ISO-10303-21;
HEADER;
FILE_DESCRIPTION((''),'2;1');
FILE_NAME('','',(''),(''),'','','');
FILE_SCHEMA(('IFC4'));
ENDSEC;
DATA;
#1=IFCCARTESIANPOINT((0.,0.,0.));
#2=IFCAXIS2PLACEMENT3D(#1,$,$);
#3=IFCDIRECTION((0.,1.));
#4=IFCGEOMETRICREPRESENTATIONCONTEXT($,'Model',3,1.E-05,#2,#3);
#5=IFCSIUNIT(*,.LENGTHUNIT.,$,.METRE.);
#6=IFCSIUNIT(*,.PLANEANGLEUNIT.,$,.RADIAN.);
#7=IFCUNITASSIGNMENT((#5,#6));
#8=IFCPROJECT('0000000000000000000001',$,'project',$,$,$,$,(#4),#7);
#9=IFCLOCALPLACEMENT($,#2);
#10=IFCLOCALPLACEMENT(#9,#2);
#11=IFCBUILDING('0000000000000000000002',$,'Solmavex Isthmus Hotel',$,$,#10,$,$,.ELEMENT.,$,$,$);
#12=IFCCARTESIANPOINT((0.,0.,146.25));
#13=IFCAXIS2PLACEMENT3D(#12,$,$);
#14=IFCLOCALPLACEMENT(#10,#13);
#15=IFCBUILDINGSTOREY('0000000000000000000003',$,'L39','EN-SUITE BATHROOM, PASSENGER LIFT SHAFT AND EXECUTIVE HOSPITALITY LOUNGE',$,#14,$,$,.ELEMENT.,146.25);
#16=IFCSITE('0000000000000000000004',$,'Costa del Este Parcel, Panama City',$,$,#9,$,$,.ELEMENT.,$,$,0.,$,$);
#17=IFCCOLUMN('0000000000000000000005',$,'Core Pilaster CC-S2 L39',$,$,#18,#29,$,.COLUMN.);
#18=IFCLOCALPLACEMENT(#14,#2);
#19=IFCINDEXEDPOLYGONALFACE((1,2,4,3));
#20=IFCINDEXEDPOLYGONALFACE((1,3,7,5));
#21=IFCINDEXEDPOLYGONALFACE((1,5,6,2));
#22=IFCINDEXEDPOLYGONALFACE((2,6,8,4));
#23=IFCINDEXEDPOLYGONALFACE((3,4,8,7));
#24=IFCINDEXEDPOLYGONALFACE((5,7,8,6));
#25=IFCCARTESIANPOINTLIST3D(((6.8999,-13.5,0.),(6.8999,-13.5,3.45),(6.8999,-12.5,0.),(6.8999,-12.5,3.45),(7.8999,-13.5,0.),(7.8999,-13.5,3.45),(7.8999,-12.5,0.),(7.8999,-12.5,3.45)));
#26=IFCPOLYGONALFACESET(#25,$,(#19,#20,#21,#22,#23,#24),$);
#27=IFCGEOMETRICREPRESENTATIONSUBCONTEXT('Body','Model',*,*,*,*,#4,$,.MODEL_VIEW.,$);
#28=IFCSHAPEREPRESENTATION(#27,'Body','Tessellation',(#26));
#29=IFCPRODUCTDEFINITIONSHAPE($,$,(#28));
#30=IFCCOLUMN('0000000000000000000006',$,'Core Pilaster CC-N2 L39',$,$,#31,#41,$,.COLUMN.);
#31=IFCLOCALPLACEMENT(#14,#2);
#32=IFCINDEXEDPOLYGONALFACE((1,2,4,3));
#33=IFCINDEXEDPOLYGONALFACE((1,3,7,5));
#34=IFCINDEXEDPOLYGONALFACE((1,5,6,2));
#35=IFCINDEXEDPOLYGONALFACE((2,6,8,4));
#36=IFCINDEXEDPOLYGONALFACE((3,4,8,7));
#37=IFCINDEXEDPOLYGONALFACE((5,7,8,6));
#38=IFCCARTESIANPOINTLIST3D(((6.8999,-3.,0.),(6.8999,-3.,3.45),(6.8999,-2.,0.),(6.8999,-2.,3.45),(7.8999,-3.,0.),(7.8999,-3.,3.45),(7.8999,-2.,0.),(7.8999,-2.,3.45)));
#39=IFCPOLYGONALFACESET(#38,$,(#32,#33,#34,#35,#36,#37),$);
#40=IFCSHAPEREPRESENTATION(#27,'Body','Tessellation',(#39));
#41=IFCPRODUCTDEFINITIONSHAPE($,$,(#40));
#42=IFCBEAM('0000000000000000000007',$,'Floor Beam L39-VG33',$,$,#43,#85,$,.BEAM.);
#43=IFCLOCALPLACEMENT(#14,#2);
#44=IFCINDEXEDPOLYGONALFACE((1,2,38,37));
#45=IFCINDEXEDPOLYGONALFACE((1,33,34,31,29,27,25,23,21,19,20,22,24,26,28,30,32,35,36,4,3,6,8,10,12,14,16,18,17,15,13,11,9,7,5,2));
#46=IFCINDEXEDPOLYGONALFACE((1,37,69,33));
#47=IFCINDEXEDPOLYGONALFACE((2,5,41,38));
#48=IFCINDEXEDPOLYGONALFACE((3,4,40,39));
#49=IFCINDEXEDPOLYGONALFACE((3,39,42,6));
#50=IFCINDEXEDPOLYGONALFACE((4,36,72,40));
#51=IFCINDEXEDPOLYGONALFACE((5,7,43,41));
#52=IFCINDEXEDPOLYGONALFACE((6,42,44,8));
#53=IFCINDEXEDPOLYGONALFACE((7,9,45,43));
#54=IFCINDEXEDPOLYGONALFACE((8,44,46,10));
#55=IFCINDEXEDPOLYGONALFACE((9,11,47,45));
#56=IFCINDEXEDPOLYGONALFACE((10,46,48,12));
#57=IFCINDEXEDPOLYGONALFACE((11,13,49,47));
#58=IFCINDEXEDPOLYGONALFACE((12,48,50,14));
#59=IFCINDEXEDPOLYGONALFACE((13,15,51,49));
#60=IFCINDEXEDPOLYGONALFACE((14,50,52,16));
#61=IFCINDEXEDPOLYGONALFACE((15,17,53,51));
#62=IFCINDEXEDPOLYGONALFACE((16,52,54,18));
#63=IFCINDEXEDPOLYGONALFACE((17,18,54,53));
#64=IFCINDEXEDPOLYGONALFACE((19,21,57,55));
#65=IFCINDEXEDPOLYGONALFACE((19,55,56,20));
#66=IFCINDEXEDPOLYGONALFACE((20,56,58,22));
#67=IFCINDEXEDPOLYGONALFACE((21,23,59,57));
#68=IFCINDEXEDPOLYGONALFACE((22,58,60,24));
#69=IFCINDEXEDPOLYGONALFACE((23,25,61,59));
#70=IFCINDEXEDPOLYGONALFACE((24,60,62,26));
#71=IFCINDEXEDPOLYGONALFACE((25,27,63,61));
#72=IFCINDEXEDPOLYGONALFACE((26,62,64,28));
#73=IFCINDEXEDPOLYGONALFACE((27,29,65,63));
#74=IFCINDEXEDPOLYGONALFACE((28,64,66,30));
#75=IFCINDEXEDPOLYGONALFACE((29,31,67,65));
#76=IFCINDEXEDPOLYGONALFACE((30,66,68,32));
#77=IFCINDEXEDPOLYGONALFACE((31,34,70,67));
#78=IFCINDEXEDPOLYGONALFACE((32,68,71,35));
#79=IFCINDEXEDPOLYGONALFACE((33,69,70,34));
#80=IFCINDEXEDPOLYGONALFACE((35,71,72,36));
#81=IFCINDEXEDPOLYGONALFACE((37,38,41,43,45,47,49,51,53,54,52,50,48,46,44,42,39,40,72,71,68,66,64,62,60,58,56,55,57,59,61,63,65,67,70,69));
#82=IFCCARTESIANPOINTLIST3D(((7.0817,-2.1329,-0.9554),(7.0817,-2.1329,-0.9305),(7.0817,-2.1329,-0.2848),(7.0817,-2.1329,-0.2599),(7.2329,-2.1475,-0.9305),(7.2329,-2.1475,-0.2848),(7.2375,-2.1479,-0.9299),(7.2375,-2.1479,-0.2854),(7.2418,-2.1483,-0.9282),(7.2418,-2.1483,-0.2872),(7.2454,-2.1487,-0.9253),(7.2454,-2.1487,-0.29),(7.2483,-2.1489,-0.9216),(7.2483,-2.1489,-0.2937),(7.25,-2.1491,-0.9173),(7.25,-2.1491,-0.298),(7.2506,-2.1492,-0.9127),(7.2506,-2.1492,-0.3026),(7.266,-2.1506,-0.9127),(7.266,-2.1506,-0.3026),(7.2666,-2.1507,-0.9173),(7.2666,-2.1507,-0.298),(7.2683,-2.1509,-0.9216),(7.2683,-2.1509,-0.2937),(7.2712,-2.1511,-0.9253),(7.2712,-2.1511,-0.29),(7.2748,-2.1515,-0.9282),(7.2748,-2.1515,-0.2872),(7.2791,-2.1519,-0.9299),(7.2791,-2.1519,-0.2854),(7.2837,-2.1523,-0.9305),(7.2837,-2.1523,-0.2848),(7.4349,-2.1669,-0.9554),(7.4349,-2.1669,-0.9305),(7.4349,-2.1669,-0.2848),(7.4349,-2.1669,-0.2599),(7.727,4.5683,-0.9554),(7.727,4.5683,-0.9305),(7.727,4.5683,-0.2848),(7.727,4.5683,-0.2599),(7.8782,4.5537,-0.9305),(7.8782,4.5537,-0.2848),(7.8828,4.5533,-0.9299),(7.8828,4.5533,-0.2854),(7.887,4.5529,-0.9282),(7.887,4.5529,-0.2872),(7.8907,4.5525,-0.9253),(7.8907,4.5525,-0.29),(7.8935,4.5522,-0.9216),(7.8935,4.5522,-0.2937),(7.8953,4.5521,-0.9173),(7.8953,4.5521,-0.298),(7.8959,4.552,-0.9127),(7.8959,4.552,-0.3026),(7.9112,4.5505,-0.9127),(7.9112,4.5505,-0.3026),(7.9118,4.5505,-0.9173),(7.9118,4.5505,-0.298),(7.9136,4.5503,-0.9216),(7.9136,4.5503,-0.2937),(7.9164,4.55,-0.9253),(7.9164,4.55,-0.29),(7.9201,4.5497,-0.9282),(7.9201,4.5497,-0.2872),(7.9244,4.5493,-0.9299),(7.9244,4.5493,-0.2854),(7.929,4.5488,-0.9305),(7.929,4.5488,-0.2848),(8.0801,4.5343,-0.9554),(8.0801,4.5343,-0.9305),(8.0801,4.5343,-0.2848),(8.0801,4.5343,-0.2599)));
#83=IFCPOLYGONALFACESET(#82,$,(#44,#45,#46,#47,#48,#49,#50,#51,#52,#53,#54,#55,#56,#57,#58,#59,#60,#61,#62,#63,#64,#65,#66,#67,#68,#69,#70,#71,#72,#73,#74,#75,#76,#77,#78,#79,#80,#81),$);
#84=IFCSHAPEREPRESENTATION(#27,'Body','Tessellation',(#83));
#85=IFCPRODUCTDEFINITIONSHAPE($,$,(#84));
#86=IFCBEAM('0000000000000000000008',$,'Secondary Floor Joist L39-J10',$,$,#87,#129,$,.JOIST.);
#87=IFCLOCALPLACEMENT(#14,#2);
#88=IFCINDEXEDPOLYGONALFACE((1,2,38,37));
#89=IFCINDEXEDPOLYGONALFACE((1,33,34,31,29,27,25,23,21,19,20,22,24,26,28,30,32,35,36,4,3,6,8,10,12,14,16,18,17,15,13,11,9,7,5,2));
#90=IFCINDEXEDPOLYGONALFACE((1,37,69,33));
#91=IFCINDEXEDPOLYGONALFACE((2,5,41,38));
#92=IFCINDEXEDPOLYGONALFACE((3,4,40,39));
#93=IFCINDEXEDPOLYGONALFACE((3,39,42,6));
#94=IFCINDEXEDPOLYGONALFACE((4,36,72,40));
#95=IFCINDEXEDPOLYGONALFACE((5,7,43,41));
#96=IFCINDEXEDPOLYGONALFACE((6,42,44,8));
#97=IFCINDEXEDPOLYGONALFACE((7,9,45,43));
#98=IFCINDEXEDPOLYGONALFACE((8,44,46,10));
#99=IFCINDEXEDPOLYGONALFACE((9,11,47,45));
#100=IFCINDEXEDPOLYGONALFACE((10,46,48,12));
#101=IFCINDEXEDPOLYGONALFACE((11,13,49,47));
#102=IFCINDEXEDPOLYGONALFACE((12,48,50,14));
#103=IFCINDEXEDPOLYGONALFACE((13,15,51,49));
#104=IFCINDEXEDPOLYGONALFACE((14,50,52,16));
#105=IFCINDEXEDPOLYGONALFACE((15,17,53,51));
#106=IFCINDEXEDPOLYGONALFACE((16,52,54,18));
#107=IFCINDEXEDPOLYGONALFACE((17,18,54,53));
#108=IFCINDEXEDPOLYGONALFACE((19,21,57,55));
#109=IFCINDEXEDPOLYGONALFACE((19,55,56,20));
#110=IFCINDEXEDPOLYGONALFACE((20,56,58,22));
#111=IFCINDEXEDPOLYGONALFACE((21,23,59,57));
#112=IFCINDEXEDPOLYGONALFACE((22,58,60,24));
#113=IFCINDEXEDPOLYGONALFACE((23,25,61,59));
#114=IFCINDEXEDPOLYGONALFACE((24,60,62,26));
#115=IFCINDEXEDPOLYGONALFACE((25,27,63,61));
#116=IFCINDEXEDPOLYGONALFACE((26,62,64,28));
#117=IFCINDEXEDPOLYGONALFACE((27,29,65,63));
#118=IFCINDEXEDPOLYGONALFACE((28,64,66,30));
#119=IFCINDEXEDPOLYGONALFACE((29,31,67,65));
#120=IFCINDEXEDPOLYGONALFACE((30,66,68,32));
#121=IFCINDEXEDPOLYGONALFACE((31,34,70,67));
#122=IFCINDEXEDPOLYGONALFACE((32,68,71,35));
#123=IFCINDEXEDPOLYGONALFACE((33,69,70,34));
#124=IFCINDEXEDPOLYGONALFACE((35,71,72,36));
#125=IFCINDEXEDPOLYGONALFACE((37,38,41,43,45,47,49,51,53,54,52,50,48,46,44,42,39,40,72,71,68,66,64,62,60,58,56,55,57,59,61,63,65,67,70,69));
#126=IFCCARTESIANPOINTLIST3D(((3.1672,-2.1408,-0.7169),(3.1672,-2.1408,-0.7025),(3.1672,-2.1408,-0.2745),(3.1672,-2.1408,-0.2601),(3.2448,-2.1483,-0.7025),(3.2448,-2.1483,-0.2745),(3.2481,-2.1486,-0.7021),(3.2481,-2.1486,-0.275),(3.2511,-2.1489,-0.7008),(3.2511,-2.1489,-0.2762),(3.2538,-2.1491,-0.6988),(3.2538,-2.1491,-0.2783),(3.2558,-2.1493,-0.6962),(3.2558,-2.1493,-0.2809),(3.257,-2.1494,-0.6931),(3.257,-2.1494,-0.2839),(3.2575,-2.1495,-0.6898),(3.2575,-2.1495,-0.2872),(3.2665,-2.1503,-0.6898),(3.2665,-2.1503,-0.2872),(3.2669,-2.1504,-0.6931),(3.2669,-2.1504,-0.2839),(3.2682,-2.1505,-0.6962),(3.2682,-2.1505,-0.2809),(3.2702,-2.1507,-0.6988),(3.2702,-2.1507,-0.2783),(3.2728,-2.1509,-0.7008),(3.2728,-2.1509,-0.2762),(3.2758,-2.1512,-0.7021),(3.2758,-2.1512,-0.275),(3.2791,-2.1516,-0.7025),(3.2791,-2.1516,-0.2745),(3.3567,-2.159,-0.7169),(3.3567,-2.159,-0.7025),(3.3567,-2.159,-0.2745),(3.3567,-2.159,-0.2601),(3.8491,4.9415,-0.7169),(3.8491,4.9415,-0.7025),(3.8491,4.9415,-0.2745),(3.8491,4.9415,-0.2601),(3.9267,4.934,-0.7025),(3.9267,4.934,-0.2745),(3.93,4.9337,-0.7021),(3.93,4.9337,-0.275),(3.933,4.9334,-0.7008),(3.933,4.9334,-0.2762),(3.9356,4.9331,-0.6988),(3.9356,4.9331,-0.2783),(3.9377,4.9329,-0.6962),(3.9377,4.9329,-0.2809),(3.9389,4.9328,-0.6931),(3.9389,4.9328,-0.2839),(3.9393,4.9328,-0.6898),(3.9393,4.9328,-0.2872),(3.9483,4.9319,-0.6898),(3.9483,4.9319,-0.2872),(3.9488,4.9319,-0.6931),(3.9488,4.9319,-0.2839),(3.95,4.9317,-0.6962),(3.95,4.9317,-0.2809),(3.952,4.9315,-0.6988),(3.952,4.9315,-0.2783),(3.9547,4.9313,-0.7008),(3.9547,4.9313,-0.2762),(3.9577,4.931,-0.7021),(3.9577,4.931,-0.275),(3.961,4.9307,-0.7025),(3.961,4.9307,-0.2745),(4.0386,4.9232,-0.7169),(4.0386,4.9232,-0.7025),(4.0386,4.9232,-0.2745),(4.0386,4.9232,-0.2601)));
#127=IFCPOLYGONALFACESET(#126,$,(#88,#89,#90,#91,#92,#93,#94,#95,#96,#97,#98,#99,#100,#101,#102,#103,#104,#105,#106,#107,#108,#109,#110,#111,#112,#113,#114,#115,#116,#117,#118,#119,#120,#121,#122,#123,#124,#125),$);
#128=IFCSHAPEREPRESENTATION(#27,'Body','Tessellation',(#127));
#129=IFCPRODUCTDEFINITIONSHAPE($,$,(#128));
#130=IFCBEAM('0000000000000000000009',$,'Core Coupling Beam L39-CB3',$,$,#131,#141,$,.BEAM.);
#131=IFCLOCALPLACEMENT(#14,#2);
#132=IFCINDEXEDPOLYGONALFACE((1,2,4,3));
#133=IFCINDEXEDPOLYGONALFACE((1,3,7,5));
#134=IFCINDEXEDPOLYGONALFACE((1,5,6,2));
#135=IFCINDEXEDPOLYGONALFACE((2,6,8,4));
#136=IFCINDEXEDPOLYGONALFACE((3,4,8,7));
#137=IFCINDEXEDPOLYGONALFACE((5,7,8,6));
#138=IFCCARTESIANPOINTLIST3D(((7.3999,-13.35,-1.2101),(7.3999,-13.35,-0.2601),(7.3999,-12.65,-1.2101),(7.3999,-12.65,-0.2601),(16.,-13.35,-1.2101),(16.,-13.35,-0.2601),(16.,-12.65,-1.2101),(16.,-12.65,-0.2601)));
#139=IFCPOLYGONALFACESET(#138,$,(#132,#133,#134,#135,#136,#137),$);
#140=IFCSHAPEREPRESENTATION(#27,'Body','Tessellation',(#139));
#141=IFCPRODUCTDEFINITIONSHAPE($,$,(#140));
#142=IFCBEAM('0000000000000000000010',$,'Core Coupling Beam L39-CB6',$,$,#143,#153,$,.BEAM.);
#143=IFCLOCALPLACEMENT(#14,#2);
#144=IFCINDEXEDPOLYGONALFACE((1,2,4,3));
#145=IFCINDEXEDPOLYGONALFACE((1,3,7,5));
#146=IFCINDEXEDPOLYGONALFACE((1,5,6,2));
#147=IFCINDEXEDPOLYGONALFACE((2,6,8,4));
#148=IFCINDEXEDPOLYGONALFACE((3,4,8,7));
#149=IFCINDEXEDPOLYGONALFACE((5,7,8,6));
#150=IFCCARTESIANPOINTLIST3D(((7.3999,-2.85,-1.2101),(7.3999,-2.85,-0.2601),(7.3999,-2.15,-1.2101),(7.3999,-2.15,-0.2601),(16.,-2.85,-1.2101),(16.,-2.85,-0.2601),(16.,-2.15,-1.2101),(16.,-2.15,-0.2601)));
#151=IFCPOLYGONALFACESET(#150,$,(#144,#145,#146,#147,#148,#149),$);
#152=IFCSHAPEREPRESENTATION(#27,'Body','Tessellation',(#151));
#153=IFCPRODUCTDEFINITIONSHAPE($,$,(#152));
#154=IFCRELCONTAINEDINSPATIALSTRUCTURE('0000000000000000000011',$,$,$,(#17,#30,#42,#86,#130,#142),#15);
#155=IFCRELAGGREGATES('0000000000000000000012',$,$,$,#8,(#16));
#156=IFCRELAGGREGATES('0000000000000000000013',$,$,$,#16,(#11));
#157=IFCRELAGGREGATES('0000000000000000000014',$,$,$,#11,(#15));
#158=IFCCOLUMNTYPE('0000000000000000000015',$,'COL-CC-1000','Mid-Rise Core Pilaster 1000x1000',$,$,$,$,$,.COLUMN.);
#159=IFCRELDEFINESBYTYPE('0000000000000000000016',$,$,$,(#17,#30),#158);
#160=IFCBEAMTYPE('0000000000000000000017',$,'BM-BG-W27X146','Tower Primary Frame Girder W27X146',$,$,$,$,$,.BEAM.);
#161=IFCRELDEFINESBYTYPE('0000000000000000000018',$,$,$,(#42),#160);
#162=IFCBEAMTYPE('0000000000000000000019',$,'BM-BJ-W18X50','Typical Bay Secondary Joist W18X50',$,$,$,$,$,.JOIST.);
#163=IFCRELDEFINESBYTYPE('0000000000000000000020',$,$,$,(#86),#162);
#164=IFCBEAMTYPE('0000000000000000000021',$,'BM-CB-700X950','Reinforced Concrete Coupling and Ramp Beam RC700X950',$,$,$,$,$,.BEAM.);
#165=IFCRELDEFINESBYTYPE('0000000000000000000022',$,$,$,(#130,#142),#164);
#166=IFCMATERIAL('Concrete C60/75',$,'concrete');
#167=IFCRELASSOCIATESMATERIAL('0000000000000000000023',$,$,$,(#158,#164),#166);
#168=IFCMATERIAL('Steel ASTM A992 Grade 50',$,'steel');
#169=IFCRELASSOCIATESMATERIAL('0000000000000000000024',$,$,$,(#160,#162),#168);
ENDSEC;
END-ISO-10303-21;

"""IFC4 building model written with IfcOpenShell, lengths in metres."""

from ifc_helpers import new_model, si_unit, direction, frame, origin, origin_2d, place, context, subcontext, project, spatial, rectangle, i_section, extrude, material, material_profile, profile_set, type_object, element, save


model = new_model("IFC4")

# Units and contexts
model_context = context("Model", 3, precision=1e-05, world=origin(), true_north=direction((0.0, 1.0)))
body_context = subcontext(model_context, "Body", "Model", "MODEL_VIEW")
ifc_project = project(units=[si_unit("LENGTHUNIT", "METRE"), si_unit("PLANEANGLEUNIT", "RADIAN")], contexts=[model_context])

# Site, building, storey
site_placement = place(None, origin())
site = spatial("IfcSite", under=ifc_project, at=site_placement, Name="Costa del Este Parcel, Panama City", CompositionType="ELEMENT", RefElevation=0.0)
building_placement = place(site_placement, origin())
building = spatial("IfcBuilding", under=site, at=building_placement, Name="Solmavex Isthmus Hotel", CompositionType="ELEMENT")
storey_placement = place(building_placement, frame((0.0, 0.0, 146.25)))
storey = spatial("IfcBuildingStorey", under=building, at=storey_placement, Name="L39", Description="EN-SUITE BATHROOM, PASSENGER LIFT SHAFT AND EXECUTIVE HOSPITALITY LOUNGE", CompositionType="ELEMENT", Elevation=146.25)

# Columns
ifc_material_1 = material(Name="Concrete C60/75", Category="concrete")
ifc_material_profile_1 = material_profile(ifc_material_1, rectangle(XDim=1.0, YDim=1.0, at=origin_2d()), Name="RC1000X1000")
ifc_profile_set_1 = profile_set([ifc_material_profile_1], Name="Concrete C60/75")
column_type = type_object("IfcColumnType", Name="COL-CC-1000", Description="Mid-Rise Core Pilaster 1000x1000", PredefinedType="COLUMN", material=ifc_profile_set_1)
for number, where, z_axis, x_axis, name in (
    (1, (7.3999, -13.0, 0.0), (0.0, 0.0, 1.0), (1.0, 0.0, 0.0), "Core Pilaster CC-S2 L39"),
    (2, (7.3999, -2.5, 0.0), (0.0, 0.0, 1.0), (1.0, 0.0, 0.0), "Core Pilaster CC-N2 L39"),
):
    element("IfcColumn", number, at=place(storey_placement, frame(where, z_axis=z_axis, x_axis=x_axis)), inside=storey, type_object=column_type, Name=name, PredefinedType="COLUMN", context=body_context, shape_type="SweptSolid", body=[
        extrude(rectangle(XDim=1.0, YDim=1.0, at=origin_2d()), origin(), (0.0, 0.0, 1.0), 3.45),
    ])

# Beams
ifc_material_2 = material(Name="Steel ASTM A992 Grade 50", Category="steel")
ifc_material_profile_2 = material_profile(ifc_material_2, i_section(OverallWidth=0.3547, OverallDepth=0.6956, WebThickness=0.0154, FlangeThickness=0.0249, FilletRadius=0.0178, at=origin_2d()), Name="W27X146")
ifc_profile_set_2 = profile_set([ifc_material_profile_2], Name="Steel ASTM A992 Grade 50")
beam_type_1 = type_object("IfcBeamType", Name="BM-BG-W27X146", Description="Tower Primary Frame Girder W27X146", PredefinedType="BEAM", material=ifc_profile_set_2)
beam_1_placement = place(storey_placement, frame((7.2583, -2.1499, -0.6077), z_axis=(0.095848, 0.995396, 0.0), x_axis=(-0.995396, 0.095848, 0.0)))
element("IfcBeam", 3, at=beam_1_placement, inside=storey, type_object=beam_type_1, Name="Floor Beam L39-VG33", PredefinedType="BEAM", context=body_context, shape_type="SweptSolid", body=[
    extrude(i_section(OverallWidth=0.3547, OverallDepth=0.6956, WebThickness=0.0154, FlangeThickness=0.0249, FilletRadius=0.0178, at=origin_2d()), origin(), (0.0, 0.0, 1.0), 6.7322),
])
ifc_material_profile_3 = material_profile(ifc_material_2, i_section(OverallWidth=0.1904, OverallDepth=0.4568, WebThickness=0.009, FlangeThickness=0.0144, FilletRadius=0.0127, at=origin_2d()), Name="W18X50")
ifc_profile_set_3 = profile_set([ifc_material_profile_3], Name="Steel ASTM A992 Grade 50")
beam_type_2 = type_object("IfcBeamType", Name="BM-BJ-W18X50", Description="Typical Bay Secondary Joist W18X50", PredefinedType="JOIST", material=ifc_profile_set_3)
beam_2_placement = place(storey_placement, frame((3.262, -2.1499, -0.4885), z_axis=(0.095837, 0.995397, 0.0), x_axis=(-0.995397, 0.095837, 0.0)))
element("IfcBeam", 4, at=beam_2_placement, inside=storey, type_object=beam_type_2, Name="Secondary Floor Joist L39-J10", PredefinedType="JOIST", context=body_context, shape_type="SweptSolid", body=[
    extrude(i_section(OverallWidth=0.1904, OverallDepth=0.4568, WebThickness=0.009, FlangeThickness=0.0144, FilletRadius=0.0127, at=origin_2d()), origin(), (0.0, 0.0, 1.0), 7.115),
])
ifc_material_profile_4 = material_profile(ifc_material_1, rectangle(XDim=0.7, YDim=0.95, at=origin_2d()), Name="RC700X950")
ifc_profile_set_4 = profile_set([ifc_material_profile_4], Name="Concrete C60/75")
beam_type_3 = type_object("IfcBeamType", Name="BM-CB-700X950", Description="Reinforced Concrete Coupling and Ramp Beam RC700X950", PredefinedType="BEAM", material=ifc_profile_set_4)
for number, where, z_axis, x_axis, name in (
    (5, (7.3999, -13.0, -0.7351), (1.0, 0.0, 0.0), (0.0, 1.0, 0.0), "Core Coupling Beam L39-CB3"),
    (6, (7.3999, -2.5, -0.7351), (1.0, 0.0, 0.0), (0.0, 1.0, 0.0), "Core Coupling Beam L39-CB6"),
):
    element("IfcBeam", number, at=place(storey_placement, frame(where, z_axis=z_axis, x_axis=x_axis)), inside=storey, type_object=beam_type_3, Name=name, PredefinedType="BEAM", context=body_context, shape_type="SweptSolid", body=[
        extrude(rectangle(XDim=0.7, YDim=0.95, at=origin_2d()), origin(), (0.0, 0.0, 1.0), 8.6001),
    ])

save(model, "model.ifc")
